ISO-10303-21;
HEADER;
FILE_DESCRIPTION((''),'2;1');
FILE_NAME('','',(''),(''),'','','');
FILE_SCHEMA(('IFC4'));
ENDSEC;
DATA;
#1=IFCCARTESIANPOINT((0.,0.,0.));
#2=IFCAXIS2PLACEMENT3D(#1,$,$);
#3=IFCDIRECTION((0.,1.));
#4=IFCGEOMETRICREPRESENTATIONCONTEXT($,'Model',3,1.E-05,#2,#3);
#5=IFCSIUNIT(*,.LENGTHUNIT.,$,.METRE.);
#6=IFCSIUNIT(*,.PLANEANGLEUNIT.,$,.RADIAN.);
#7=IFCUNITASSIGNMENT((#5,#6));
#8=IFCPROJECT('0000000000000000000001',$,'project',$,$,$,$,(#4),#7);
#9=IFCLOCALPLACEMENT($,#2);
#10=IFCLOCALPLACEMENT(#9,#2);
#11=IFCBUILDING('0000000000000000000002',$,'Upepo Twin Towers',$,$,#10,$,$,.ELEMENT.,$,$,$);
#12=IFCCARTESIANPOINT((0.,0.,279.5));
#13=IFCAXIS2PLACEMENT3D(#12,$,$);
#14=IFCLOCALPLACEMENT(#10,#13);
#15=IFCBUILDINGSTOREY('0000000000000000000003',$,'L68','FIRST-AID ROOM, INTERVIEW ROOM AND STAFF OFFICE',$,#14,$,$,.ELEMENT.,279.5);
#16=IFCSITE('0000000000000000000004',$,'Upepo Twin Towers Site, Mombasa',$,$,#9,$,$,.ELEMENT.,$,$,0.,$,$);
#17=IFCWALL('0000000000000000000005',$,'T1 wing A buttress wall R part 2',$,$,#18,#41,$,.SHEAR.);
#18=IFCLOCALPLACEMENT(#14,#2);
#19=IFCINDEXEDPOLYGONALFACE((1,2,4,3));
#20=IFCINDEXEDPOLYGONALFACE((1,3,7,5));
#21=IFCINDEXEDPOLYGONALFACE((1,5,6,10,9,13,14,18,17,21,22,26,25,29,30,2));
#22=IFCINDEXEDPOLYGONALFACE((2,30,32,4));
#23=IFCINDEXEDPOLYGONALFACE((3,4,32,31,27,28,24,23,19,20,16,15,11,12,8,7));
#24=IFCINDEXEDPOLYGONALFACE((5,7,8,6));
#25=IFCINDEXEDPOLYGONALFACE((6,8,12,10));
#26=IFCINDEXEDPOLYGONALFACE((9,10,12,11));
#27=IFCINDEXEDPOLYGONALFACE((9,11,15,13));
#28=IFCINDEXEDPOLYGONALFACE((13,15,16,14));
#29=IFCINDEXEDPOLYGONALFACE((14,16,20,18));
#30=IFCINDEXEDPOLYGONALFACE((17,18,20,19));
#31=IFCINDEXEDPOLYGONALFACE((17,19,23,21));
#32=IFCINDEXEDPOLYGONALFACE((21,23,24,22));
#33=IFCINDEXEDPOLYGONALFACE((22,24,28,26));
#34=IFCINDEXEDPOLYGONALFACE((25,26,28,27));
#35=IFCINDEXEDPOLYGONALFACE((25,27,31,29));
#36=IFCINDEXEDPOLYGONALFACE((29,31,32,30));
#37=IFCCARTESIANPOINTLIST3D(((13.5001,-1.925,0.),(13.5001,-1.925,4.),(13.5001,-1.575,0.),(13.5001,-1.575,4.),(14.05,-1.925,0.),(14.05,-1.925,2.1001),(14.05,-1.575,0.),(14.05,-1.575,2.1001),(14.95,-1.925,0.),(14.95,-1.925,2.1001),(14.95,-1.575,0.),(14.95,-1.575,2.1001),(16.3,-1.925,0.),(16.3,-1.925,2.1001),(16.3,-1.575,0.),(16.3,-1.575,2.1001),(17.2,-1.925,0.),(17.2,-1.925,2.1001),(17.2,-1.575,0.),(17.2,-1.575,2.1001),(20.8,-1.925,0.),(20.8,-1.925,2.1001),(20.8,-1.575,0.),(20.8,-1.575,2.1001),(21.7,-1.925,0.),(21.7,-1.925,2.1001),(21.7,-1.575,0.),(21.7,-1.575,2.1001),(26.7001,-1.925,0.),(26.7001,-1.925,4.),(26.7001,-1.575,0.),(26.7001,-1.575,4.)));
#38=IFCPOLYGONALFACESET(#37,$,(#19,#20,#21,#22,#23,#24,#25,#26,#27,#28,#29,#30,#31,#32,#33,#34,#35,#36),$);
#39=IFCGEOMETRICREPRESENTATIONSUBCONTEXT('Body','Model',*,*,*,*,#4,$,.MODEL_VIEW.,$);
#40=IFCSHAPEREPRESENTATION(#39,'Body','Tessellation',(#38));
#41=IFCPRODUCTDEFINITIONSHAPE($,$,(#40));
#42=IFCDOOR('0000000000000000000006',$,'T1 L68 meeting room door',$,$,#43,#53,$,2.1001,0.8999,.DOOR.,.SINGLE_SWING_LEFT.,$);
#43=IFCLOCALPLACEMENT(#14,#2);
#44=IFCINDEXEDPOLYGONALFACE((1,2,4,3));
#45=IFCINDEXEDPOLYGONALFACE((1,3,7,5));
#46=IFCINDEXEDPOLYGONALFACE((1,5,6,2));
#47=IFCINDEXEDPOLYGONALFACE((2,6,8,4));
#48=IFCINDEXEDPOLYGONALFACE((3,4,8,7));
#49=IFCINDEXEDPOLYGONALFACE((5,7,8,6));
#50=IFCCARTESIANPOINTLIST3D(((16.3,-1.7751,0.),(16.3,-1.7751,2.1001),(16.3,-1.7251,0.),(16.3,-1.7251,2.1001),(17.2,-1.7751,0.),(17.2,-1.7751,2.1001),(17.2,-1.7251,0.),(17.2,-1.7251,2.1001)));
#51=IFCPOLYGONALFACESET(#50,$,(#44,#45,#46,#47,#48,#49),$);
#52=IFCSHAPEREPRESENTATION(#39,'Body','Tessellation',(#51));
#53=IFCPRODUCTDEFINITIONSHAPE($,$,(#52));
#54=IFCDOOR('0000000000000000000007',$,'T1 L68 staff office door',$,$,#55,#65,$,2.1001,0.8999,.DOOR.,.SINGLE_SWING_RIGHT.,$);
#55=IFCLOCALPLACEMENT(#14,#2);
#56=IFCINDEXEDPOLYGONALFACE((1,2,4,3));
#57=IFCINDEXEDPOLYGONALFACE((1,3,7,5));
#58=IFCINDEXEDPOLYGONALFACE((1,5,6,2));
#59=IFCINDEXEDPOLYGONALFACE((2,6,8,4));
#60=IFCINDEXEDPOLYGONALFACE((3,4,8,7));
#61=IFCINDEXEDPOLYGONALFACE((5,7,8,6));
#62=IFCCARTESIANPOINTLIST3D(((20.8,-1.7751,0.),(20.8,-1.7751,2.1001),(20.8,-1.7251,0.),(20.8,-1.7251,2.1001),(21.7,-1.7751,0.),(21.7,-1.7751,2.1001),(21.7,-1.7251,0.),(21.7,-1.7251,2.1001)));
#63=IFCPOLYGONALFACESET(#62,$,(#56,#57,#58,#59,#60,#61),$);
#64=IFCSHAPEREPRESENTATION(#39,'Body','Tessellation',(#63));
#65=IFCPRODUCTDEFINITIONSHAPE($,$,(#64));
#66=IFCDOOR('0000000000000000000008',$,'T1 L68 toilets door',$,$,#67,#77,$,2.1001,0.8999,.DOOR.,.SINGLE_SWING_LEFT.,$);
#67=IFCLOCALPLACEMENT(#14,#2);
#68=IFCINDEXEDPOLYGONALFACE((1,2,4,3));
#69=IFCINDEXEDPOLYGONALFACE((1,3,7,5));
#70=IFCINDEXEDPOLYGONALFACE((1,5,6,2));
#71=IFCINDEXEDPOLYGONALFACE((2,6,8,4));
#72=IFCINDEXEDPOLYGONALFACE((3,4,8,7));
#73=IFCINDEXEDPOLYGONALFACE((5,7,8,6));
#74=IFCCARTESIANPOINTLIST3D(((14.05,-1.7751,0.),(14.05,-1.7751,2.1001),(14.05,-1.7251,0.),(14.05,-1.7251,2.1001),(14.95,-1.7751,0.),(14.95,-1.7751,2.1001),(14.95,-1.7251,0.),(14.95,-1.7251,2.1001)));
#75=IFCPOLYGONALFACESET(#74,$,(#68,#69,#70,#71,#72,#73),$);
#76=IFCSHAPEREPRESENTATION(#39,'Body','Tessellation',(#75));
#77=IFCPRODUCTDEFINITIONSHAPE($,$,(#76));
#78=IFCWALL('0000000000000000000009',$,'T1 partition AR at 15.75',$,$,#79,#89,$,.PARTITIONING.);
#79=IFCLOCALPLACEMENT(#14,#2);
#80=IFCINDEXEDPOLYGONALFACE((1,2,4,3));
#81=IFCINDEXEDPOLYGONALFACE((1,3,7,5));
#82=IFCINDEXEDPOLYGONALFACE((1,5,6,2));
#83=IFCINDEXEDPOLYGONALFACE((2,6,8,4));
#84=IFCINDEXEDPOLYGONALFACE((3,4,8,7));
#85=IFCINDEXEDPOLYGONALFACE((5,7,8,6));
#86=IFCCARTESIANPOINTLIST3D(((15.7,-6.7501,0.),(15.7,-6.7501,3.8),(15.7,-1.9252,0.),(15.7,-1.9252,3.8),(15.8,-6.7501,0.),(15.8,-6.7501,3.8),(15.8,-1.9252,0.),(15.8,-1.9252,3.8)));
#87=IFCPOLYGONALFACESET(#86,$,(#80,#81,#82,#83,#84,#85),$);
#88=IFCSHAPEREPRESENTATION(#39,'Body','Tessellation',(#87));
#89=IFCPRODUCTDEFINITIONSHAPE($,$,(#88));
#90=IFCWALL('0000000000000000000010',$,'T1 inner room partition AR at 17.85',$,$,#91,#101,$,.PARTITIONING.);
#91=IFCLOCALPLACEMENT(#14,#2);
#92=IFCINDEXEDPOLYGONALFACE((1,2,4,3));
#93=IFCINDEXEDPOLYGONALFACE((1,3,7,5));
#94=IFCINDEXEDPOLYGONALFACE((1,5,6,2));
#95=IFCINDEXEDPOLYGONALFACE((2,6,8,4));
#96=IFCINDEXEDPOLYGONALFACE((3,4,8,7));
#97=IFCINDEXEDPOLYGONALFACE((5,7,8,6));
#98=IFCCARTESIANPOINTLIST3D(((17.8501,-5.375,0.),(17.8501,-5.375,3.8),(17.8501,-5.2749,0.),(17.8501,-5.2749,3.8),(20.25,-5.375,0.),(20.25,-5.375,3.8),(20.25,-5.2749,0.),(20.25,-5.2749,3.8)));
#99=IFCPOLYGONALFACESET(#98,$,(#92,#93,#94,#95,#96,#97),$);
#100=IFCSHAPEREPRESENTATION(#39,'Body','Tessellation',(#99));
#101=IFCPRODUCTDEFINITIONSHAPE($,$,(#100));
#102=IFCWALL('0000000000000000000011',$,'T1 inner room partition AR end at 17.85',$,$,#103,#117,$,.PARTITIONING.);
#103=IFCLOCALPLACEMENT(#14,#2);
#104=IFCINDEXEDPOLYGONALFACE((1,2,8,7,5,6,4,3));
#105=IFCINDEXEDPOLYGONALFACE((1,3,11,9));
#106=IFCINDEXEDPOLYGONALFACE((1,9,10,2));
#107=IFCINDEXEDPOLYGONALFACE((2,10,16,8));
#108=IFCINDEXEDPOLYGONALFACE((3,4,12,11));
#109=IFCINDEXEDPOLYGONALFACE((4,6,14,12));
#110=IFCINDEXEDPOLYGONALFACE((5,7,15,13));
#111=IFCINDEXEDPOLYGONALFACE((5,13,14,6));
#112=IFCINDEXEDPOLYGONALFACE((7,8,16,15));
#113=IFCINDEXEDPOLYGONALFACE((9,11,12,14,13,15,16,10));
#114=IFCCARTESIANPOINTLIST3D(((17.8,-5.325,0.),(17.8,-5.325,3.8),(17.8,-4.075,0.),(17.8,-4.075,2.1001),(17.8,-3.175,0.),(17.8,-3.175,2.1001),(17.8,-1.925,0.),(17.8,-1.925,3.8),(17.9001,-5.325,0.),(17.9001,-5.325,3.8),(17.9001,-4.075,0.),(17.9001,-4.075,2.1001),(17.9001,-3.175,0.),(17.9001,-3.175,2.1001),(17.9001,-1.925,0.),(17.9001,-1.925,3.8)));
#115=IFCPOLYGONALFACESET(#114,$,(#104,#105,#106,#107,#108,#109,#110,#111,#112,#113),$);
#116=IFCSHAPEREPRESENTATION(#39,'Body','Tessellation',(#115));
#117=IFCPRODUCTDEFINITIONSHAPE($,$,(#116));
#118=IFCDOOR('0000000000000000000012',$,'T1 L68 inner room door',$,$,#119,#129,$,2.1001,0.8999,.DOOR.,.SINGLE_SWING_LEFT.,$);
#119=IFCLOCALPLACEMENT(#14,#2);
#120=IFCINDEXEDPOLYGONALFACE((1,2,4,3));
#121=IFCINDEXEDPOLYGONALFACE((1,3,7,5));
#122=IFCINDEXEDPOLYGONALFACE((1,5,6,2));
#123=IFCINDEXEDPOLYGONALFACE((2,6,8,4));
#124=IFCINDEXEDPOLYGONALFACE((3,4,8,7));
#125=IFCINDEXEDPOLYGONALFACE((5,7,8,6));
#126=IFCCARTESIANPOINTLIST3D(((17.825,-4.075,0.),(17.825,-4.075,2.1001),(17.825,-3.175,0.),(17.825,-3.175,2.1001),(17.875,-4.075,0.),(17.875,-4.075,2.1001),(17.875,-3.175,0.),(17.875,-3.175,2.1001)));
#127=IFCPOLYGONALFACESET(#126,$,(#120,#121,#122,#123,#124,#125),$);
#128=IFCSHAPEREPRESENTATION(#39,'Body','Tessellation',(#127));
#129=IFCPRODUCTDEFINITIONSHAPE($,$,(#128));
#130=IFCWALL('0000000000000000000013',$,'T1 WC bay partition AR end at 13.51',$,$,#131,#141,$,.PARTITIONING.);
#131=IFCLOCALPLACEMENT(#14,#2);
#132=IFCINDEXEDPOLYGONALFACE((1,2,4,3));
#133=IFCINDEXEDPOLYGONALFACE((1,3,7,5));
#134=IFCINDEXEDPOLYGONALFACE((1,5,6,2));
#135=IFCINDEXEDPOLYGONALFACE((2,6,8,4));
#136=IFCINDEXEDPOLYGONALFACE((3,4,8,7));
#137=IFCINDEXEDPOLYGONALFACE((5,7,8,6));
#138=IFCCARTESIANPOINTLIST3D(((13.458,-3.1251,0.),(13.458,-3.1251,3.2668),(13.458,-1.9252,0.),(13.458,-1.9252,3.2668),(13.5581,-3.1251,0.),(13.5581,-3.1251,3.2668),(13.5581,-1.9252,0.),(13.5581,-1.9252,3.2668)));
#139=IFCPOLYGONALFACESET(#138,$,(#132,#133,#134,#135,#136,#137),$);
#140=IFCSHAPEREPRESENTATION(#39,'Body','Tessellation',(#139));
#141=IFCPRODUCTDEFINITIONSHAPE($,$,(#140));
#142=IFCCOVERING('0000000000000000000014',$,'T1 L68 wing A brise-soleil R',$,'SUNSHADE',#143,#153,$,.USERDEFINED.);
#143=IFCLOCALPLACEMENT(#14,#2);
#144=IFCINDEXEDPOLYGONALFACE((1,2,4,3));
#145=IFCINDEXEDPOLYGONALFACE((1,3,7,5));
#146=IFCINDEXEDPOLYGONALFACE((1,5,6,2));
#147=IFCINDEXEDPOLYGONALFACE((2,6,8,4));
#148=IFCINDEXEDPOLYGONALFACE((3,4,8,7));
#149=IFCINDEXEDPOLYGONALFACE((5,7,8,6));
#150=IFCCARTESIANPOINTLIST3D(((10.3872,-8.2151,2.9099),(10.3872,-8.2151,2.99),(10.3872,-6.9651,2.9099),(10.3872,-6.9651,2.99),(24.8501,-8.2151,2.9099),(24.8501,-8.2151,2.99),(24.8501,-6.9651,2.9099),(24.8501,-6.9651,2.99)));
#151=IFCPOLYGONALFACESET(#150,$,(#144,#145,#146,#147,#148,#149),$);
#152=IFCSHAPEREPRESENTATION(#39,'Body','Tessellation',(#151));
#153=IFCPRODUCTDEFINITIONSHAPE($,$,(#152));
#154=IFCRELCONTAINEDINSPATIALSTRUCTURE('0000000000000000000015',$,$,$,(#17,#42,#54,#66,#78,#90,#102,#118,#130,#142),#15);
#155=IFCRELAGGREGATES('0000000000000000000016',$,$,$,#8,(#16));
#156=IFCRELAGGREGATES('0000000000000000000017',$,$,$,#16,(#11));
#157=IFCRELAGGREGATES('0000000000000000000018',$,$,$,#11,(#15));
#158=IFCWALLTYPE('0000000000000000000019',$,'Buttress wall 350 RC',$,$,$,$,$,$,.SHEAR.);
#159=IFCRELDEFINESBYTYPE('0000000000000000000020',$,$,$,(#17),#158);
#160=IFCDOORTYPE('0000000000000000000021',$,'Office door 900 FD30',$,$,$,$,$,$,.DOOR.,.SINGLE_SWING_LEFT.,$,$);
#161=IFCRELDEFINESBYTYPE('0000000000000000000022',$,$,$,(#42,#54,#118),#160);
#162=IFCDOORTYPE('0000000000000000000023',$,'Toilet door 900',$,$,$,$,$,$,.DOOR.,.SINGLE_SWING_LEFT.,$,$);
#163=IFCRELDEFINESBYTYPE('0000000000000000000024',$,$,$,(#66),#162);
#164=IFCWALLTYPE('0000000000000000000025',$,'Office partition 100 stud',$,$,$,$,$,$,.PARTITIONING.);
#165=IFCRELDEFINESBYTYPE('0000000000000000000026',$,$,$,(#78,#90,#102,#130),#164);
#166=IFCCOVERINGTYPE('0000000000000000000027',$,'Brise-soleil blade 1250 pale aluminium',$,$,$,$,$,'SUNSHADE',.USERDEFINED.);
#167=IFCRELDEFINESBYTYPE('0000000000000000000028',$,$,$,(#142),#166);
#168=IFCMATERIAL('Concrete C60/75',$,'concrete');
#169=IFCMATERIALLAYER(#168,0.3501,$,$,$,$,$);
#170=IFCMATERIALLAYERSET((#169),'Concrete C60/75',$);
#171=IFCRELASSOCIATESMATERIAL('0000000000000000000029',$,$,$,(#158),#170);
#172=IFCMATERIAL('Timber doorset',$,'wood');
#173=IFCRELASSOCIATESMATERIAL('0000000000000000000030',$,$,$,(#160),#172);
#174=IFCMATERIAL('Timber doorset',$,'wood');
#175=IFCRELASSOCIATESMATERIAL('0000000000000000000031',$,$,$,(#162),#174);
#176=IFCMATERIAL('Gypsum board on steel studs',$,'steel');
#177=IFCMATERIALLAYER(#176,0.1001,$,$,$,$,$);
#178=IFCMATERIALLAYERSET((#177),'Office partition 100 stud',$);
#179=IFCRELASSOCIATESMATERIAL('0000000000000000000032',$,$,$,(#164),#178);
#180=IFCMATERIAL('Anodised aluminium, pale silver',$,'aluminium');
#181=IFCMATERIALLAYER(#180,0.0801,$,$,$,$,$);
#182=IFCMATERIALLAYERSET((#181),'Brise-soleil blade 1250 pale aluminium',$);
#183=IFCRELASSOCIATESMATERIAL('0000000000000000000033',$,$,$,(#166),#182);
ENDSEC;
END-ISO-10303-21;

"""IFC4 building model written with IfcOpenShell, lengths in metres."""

from ifc_helpers import new_model, si_unit, direction, frame, frame_2d, origin, origin_2d, place, context, subcontext, project, spatial, rectangle, extrude, material, layer, layer_set, type_object, element, fill, save


model = new_model("IFC4")

# Units and contexts
model_context = context("Model", 3, precision=1e-05, world=origin(), true_north=direction((0.0, 1.0)))
body_context = subcontext(model_context, "Body", "Model", "MODEL_VIEW")
ifc_project = project(units=[si_unit("LENGTHUNIT", "METRE"), si_unit("PLANEANGLEUNIT", "RADIAN")], contexts=[model_context])

# Site, building, storey
site_placement = place(None, origin())
site = spatial("IfcSite", under=ifc_project, at=site_placement, Name="Upepo Twin Towers Site, Mombasa", CompositionType="ELEMENT", RefElevation=0.0)
building_placement = place(site_placement, origin())
building = spatial("IfcBuilding", under=site, at=building_placement, Name="Upepo Twin Towers", CompositionType="ELEMENT")
storey_placement = place(building_placement, frame((0.0, 0.0, 279.5)))
storey = spatial("IfcBuildingStorey", under=building, at=storey_placement, Name="L68", Description="FIRST-AID ROOM, INTERVIEW ROOM AND STAFF OFFICE", CompositionType="ELEMENT", Elevation=279.5)

# Wall, openings, doors
ifc_material_1 = material(Name="Concrete C60/75", Category="concrete")
ifc_layer_1 = layer(ifc_material_1, 0.3501)
ifc_layer_set_1 = layer_set([ifc_layer_1], Name="Concrete C60/75")
wall_type_1 = type_object("IfcWallType", Name="Buttress wall 350 RC", PredefinedType="SHEAR", material=ifc_layer_set_1)
wall_1_placement = place(storey_placement, frame((13.5, -1.75, 0.0), z_axis=(0.0, 0.0, 1.0), x_axis=(1.0, 0.0, 0.0)))
wall_1 = element("IfcWall", 1, at=wall_1_placement, inside=storey, type_object=wall_type_1, Name="T1 wing A buttress wall R part 2", PredefinedType="SHEAR", context=body_context, shape_type="SweptSolid", body=[
    extrude(rectangle(XDim=13.2, YDim=0.3501, at=frame_2d((6.6001, 0.0))), origin(), (0.0, 0.0, 1.0), 4.0),
])
opening_1_placement = place(wall_1_placement, frame((0.55, 0.0, 0.0)))
opening_1 = element("IfcOpeningElement", 2, at=opening_1_placement, cuts=wall_1, PredefinedType="OPENING", context=body_context, shape_type="SweptSolid", body=[
    extrude(rectangle(XDim=0.8999, YDim=2.1001, at=frame_2d((0.45, 1.05))), frame((0.0, 0.1851, 0.0), z_axis=(0.0, -1.0, 0.0), x_axis=(1.0, 0.0, 0.0)), (0.0, 0.0, 1.0), 0.3701),
])
opening_2_placement = place(wall_1_placement, frame((2.8, 0.0, 0.0)))
opening_2 = element("IfcOpeningElement", 3, at=opening_2_placement, cuts=wall_1, PredefinedType="OPENING", context=body_context, shape_type="SweptSolid", body=[
    extrude(rectangle(XDim=0.8999, YDim=2.1001, at=frame_2d((0.45, 1.05))), frame((0.0, 0.1851, 0.0), z_axis=(0.0, -1.0, 0.0), x_axis=(1.0, 0.0, 0.0)), (0.0, 0.0, 1.0), 0.3701),
])
opening_3_placement = place(wall_1_placement, frame((7.3, 0.0, 0.0)))
opening_3 = element("IfcOpeningElement", 4, at=opening_3_placement, cuts=wall_1, PredefinedType="OPENING", context=body_context, shape_type="SweptSolid", body=[
    extrude(rectangle(XDim=0.8999, YDim=2.1001, at=frame_2d((0.45, 1.05))), frame((0.0, 0.1851, 0.0), z_axis=(0.0, -1.0, 0.0), x_axis=(1.0, 0.0, 0.0)), (0.0, 0.0, 1.0), 0.3701),
])
ifc_material_2 = material(Name="Timber doorset", Category="wood")
door_type_1 = type_object("IfcDoorType", Name="Office door 900 FD30", OperationType="SINGLE_SWING_LEFT", PredefinedType="DOOR", material=ifc_material_2)
door_1_placement = place(opening_2_placement, origin())
door_1 = element("IfcDoor", 5, at=door_1_placement, inside=storey, type_object=door_type_1, Name="T1 L68 meeting room door", OperationType="SINGLE_SWING_LEFT", OverallHeight=2.1001, OverallWidth=0.8999, PredefinedType="DOOR", context=body_context, shape_type="SweptSolid", body=[
    extrude(rectangle(XDim=0.8999, YDim=2.1001, at=frame_2d((0.45, 1.05))), frame((0.0, 0.0249, 0.0), z_axis=(0.0, -1.0, 0.0), x_axis=(1.0, 0.0, 0.0)), (0.0, 0.0, 1.0), 0.05),
])
fill(opening_2, door_1)
door_2_placement = place(opening_3_placement, origin())
door_2 = element("IfcDoor", 6, at=door_2_placement, inside=storey, type_object=door_type_1, Name="T1 L68 staff office door", OperationType="SINGLE_SWING_RIGHT", OverallHeight=2.1001, OverallWidth=0.8999, PredefinedType="DOOR", context=body_context, shape_type="SweptSolid", body=[
    extrude(rectangle(XDim=0.8999, YDim=2.1001, at=frame_2d((0.45, 1.05))), frame((0.0, 0.0249, 0.0), z_axis=(0.0, -1.0, 0.0), x_axis=(1.0, 0.0, 0.0)), (0.0, 0.0, 1.0), 0.05),
])
fill(opening_3, door_2)
ifc_material_3 = material(Name="Timber doorset", Category="wood")
door_type_2 = type_object("IfcDoorType", Name="Toilet door 900", OperationType="SINGLE_SWING_LEFT", PredefinedType="DOOR", material=ifc_material_3)
door_3_placement = place(opening_1_placement, origin())
door_3 = element("IfcDoor", 7, at=door_3_placement, inside=storey, type_object=door_type_2, Name="T1 L68 toilets door", OperationType="SINGLE_SWING_LEFT", OverallHeight=2.1001, OverallWidth=0.8999, PredefinedType="DOOR", context=body_context, shape_type="SweptSolid", body=[
    extrude(rectangle(XDim=0.8999, YDim=2.1001, at=frame_2d((0.45, 1.05))), frame((0.0, 0.0249, 0.0), z_axis=(0.0, -1.0, 0.0), x_axis=(1.0, 0.0, 0.0)), (0.0, 0.0, 1.0), 0.05),
])
fill(opening_1, door_3)

# Walls
ifc_material_4 = material(Name="Gypsum board on steel studs", Category="steel")
ifc_layer_2 = layer(ifc_material_4, 0.1001)
ifc_layer_set_2 = layer_set([ifc_layer_2], Name="Office partition 100 stud")
wall_type_2 = type_object("IfcWallType", Name="Office partition 100 stud", PredefinedType="PARTITIONING", material=ifc_layer_set_2)
wall_2_placement = place(storey_placement, frame((15.75, -1.925, 0.0), z_axis=(0.0, 0.0, 1.0), x_axis=(0.0, -1.0, 0.0)))
element("IfcWall", 8, at=wall_2_placement, inside=storey, type_object=wall_type_2, Name="T1 partition AR at 15.75", PredefinedType="PARTITIONING", context=body_context, shape_type="SweptSolid", body=[
    extrude(rectangle(XDim=4.825, YDim=0.1001, at=frame_2d((2.4126, 0.0))), origin(), (0.0, 0.0, 1.0), 3.8),
])
wall_3_placement = place(storey_placement, frame((17.8501, -5.325, 0.0), z_axis=(0.0, 0.0, 1.0), x_axis=(1.0, 0.0, 0.0)))
element("IfcWall", 9, at=wall_3_placement, inside=storey, type_object=wall_type_2, Name="T1 inner room partition AR at 17.85", PredefinedType="PARTITIONING", context=body_context, shape_type="SweptSolid", body=[
    extrude(rectangle(XDim=2.3999, YDim=0.1001, at=frame_2d((1.2, 0.0))), origin(), (0.0, 0.0, 1.0), 3.8),
])

# Wall, opening, door
wall_4_placement = place(storey_placement, frame((17.8501, -1.925, 0.0), z_axis=(0.0, 0.0, 1.0), x_axis=(0.0, -1.0, 0.0)))
wall_4 = element("IfcWall", 10, at=wall_4_placement, inside=storey, type_object=wall_type_2, Name="T1 inner room partition AR end at 17.85", PredefinedType="PARTITIONING", context=body_context, shape_type="SweptSolid", body=[
    extrude(rectangle(XDim=3.3999, YDim=0.1001, at=frame_2d((1.7, 0.0))), origin(), (0.0, 0.0, 1.0), 3.8),
])
opening_4_placement = place(wall_4_placement, frame((1.25, 0.0, 0.0)))
opening_4 = element("IfcOpeningElement", 11, at=opening_4_placement, cuts=wall_4, PredefinedType="OPENING", context=body_context, shape_type="SweptSolid", body=[
    extrude(rectangle(XDim=0.8999, YDim=2.1001, at=frame_2d((0.45, 1.05))), frame((0.0, 0.0601, 0.0), z_axis=(0.0, -1.0, 0.0), x_axis=(1.0, 0.0, 0.0)), (0.0, 0.0, 1.0), 0.1201),
])
door_4_placement = place(opening_4_placement, origin())
door_4 = element("IfcDoor", 12, at=door_4_placement, inside=storey, type_object=door_type_1, Name="T1 L68 inner room door", OperationType="SINGLE_SWING_LEFT", OverallHeight=2.1001, OverallWidth=0.8999, PredefinedType="DOOR", context=body_context, shape_type="SweptSolid", body=[
    extrude(rectangle(XDim=0.8999, YDim=2.1001, at=frame_2d((0.45, 1.05))), frame((0.0, 0.0249, 0.0), z_axis=(0.0, -1.0, 0.0), x_axis=(1.0, 0.0, 0.0)), (0.0, 0.0, 1.0), 0.05),
])
fill(opening_4, door_4)

# Wall
wall_5_placement = place(storey_placement, frame((13.5081, -1.925, 0.0), z_axis=(0.0, 0.0, 1.0), x_axis=(0.0, -1.0, 0.0)))
element("IfcWall", 13, at=wall_5_placement, inside=storey, type_object=wall_type_2, Name="T1 WC bay partition AR end at 13.51", PredefinedType="PARTITIONING", context=body_context, shape_type="SweptSolid", body=[
    extrude(rectangle(XDim=1.2, YDim=0.1001, at=frame_2d((0.6001, 0.0))), origin(), (0.0, 0.0, 1.0), 3.2668),
])

# Covering
ifc_material_5 = material(Name="Anodised aluminium, pale silver", Category="aluminium")
ifc_layer_3 = layer(ifc_material_5, 0.0801)
ifc_layer_set_3 = layer_set([ifc_layer_3], Name="Brise-soleil blade 1250 pale aluminium")
covering_type = type_object("IfcCoveringType", Name="Brise-soleil blade 1250 pale aluminium", ElementType="SUNSHADE", PredefinedType="USERDEFINED", material=ifc_layer_set_3)
covering_placement = place(storey_placement, frame((17.6187, -7.5901, 2.9099), z_axis=(0.0, 0.0, 1.0), x_axis=(1.0, 0.0, 0.0)))
element("IfcCovering", 14, at=covering_placement, inside=storey, type_object=covering_type, Name="T1 L68 wing A brise-soleil R", ObjectType="SUNSHADE", PredefinedType="USERDEFINED", context=body_context, shape_type="SweptSolid", body=[
    extrude(rectangle(XDim=14.4629, YDim=1.25, at=origin_2d()), origin(), (0.0, 0.0, 1.0), 0.0801),
])

save(model, "model.ifc")
